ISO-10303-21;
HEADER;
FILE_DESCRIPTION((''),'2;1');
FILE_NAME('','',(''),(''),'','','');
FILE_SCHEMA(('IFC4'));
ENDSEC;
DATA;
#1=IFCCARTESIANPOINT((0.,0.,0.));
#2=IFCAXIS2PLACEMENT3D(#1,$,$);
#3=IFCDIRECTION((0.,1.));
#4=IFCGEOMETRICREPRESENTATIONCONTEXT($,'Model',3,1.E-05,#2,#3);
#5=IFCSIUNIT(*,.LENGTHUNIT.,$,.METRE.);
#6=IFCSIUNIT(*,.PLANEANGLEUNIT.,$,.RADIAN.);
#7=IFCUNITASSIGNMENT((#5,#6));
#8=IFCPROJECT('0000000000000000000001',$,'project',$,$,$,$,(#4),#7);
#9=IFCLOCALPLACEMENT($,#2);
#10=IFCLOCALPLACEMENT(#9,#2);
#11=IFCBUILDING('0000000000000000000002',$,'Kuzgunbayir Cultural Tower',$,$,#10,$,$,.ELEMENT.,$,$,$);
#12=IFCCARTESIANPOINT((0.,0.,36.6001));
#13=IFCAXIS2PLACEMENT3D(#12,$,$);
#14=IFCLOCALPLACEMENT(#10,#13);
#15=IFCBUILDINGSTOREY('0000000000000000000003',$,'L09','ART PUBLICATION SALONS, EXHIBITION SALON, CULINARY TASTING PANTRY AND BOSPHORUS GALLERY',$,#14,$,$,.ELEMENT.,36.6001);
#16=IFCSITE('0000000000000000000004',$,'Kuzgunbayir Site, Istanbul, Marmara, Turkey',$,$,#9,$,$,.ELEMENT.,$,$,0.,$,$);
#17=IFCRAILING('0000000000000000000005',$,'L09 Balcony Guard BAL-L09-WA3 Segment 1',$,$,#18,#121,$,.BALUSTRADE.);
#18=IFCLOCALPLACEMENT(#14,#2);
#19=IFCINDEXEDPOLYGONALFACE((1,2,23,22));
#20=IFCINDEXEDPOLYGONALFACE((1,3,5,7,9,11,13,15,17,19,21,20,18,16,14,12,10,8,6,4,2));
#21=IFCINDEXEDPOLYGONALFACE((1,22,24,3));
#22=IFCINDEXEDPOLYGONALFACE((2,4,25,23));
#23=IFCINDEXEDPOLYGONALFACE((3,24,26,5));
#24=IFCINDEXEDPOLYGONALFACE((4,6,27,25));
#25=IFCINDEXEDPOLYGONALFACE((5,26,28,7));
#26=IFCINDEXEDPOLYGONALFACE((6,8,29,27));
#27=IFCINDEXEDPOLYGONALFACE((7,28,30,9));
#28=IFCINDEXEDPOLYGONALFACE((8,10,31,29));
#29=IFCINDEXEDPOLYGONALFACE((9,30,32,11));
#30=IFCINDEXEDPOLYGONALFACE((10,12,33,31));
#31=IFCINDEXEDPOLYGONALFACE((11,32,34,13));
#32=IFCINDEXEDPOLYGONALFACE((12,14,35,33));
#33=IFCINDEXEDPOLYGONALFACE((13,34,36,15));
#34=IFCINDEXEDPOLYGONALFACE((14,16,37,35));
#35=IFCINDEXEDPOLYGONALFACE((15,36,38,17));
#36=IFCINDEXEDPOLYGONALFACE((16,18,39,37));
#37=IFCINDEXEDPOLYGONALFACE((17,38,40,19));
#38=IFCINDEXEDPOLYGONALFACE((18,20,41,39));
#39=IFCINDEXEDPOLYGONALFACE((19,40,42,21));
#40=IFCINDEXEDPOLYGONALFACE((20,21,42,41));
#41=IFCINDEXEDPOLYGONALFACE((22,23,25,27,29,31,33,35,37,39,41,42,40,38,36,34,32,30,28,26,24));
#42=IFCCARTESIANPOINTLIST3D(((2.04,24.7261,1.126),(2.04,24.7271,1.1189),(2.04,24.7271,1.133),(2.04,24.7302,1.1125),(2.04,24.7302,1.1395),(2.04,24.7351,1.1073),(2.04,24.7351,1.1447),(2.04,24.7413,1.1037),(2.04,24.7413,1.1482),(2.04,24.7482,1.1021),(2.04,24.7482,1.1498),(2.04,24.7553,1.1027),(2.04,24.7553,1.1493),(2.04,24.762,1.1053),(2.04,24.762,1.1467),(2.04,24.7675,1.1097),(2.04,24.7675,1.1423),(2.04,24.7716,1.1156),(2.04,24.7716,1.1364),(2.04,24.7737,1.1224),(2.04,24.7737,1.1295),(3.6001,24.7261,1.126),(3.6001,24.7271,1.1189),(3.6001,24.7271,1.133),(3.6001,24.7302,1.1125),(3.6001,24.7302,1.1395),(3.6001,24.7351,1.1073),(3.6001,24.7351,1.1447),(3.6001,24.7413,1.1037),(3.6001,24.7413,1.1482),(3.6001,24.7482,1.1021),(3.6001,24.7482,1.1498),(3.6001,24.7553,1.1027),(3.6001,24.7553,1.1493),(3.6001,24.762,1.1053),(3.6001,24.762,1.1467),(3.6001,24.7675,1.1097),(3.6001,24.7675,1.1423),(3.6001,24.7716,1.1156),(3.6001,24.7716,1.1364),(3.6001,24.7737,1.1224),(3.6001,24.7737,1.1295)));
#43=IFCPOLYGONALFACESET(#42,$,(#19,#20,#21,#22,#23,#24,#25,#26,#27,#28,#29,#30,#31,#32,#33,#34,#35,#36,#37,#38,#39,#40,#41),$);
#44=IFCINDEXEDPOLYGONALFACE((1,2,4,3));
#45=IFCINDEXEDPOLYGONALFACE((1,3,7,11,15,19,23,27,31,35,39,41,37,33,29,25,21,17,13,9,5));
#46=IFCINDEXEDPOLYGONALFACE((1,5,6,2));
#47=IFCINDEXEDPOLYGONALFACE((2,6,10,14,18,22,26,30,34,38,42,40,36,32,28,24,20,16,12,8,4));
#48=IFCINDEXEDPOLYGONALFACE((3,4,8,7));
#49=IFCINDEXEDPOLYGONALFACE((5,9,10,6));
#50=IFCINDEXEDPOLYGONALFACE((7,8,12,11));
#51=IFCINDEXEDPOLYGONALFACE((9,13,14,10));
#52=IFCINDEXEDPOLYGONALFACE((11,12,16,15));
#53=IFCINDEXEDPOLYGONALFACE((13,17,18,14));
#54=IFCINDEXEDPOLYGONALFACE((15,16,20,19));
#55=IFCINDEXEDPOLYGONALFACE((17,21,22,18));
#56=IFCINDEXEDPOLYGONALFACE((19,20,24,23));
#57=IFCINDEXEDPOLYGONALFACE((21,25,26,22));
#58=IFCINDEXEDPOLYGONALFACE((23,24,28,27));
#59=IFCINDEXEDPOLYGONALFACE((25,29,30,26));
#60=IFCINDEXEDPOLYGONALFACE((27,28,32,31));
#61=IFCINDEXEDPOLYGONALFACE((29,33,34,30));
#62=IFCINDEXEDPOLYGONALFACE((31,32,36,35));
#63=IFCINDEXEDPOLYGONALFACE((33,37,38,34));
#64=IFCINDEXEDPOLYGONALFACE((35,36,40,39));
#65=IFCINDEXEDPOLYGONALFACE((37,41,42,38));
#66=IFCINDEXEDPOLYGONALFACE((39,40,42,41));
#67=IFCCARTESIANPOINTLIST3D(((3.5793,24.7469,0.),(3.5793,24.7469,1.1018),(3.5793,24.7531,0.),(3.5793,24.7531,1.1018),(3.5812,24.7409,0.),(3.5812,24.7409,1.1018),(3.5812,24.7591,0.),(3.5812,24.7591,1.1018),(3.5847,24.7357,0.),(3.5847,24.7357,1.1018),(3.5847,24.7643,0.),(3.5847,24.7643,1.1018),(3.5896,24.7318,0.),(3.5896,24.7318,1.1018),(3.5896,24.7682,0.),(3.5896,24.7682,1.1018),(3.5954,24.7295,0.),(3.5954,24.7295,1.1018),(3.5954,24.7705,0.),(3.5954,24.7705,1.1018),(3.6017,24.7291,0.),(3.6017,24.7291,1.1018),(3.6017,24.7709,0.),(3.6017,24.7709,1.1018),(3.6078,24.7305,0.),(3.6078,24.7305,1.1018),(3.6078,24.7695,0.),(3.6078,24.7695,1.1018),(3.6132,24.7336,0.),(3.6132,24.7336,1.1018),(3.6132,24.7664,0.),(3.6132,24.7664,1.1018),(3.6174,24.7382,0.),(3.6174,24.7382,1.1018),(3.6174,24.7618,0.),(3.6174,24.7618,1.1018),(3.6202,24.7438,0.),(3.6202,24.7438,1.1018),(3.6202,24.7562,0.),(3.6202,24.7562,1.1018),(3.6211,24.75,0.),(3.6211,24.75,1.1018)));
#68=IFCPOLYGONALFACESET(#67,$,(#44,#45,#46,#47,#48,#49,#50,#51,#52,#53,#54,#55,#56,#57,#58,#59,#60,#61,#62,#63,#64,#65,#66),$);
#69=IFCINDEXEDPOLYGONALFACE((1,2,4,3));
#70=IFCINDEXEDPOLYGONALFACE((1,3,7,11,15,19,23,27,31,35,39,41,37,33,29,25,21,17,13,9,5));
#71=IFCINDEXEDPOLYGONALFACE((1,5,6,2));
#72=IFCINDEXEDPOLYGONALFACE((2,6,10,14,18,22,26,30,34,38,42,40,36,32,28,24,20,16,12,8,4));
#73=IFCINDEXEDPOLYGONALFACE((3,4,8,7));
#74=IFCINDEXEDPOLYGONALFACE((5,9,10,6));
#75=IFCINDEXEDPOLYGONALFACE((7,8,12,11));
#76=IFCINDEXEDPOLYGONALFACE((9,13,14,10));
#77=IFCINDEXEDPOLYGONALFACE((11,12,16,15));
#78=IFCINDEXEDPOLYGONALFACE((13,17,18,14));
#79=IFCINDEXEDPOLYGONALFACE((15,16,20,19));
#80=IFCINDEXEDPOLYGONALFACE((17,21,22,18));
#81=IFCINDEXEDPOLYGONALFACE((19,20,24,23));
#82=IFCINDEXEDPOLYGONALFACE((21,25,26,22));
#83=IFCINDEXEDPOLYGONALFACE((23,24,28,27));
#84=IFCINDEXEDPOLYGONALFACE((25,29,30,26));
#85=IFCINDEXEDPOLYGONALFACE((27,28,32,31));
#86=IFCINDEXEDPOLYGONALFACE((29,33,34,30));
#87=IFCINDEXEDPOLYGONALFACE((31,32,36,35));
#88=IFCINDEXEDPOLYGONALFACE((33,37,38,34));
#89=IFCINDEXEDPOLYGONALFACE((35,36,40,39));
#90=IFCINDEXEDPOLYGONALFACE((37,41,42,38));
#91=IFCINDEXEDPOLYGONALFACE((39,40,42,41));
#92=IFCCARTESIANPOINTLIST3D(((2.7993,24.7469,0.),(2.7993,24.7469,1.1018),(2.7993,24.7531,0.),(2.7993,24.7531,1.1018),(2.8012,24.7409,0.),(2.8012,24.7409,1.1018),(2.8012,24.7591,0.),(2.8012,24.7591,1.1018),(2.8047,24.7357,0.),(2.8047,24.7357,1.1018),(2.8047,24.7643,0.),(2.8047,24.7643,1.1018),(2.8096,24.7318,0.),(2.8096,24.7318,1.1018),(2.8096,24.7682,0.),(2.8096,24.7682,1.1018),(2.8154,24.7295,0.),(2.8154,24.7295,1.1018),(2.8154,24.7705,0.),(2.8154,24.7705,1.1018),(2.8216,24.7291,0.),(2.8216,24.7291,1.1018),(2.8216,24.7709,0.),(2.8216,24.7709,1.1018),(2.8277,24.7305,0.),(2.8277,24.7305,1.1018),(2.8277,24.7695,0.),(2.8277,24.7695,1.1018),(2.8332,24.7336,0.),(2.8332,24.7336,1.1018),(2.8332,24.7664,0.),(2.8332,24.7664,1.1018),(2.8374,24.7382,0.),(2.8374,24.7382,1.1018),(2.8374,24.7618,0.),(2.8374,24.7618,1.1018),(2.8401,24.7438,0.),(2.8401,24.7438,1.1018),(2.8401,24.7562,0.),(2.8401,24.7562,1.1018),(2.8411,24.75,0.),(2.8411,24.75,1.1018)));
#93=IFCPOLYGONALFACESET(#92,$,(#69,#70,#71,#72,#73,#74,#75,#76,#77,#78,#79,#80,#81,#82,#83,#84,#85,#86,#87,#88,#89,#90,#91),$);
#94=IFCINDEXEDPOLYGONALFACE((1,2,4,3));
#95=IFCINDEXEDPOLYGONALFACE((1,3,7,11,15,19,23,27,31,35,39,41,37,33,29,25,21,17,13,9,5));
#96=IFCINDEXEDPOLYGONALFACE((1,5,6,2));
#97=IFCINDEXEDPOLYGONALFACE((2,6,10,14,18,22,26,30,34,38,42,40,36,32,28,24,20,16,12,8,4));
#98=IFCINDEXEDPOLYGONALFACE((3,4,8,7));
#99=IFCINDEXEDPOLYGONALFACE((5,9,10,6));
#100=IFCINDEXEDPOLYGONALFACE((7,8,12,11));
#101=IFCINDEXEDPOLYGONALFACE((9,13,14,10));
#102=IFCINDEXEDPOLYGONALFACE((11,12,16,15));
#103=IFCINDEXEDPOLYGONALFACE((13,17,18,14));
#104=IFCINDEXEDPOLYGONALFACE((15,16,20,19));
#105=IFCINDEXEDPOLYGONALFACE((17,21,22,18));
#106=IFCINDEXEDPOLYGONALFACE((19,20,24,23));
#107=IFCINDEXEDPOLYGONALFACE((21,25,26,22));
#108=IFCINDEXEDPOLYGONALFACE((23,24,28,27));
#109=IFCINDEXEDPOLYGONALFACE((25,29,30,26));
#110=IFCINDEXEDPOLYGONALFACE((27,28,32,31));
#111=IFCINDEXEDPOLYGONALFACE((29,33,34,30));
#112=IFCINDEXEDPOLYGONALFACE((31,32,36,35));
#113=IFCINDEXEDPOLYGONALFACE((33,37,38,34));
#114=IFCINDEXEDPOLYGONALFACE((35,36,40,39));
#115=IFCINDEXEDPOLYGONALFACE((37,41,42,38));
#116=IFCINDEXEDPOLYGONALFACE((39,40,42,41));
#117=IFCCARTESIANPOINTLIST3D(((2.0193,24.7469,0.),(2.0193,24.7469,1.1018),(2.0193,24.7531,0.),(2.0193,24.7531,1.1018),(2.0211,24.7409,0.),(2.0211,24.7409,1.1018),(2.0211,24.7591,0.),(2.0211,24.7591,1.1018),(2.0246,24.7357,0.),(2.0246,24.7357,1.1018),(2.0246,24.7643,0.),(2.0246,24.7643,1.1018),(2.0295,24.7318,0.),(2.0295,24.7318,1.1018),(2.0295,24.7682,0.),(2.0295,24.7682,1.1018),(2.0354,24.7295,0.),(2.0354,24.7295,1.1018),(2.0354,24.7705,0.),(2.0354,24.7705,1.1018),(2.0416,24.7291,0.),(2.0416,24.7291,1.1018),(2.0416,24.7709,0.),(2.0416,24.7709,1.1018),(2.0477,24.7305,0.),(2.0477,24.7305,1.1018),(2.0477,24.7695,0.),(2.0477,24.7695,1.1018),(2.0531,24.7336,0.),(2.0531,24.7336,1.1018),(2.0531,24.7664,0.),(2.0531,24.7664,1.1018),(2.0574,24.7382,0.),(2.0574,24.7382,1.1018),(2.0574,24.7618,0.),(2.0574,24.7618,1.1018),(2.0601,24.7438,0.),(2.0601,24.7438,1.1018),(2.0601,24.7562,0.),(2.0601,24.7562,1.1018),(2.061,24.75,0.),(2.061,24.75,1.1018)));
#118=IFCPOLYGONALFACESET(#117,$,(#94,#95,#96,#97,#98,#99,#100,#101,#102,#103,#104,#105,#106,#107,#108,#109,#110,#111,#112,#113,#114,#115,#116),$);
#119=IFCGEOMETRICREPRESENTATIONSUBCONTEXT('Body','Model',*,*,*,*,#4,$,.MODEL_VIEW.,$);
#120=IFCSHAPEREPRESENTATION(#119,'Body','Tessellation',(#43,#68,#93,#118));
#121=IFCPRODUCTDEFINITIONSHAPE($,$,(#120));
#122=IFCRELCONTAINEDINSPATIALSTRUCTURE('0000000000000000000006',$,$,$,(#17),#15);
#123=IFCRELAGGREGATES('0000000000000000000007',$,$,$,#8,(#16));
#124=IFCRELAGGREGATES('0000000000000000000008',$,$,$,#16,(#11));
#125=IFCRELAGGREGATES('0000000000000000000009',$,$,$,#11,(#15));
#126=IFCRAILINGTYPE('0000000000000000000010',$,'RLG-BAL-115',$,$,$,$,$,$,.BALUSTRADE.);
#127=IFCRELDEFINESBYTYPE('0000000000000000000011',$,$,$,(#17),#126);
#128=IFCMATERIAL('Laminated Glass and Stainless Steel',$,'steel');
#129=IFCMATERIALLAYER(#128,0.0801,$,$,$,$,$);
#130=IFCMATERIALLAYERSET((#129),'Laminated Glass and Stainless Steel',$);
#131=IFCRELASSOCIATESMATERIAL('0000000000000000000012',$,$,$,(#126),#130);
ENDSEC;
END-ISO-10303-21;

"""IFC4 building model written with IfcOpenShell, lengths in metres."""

from ifc_helpers import new_model, si_unit, direction, frame, origin, origin_2d, place, context, subcontext, project, spatial, circle, extrude, material, layer, layer_set, type_object, element, save


model = new_model("IFC4")

# Units and contexts
model_context = context("Model", 3, precision=1e-05, world=origin(), true_north=direction((0.0, 1.0)))
body_context = subcontext(model_context, "Body", "Model", "MODEL_VIEW")
ifc_project = project(units=[si_unit("LENGTHUNIT", "METRE"), si_unit("PLANEANGLEUNIT", "RADIAN")], contexts=[model_context])

# Site, building, storey
site_placement = place(None, origin())
site = spatial("IfcSite", under=ifc_project, at=site_placement, Name="Kuzgunbayir Site, Istanbul, Marmara, Turkey", CompositionType="ELEMENT", RefElevation=0.0)
building_placement = place(site_placement, origin())
building = spatial("IfcBuilding", under=site, at=building_placement, Name="Kuzgunbayir Cultural Tower", CompositionType="ELEMENT")
storey_placement = place(building_placement, frame((0.0, 0.0, 36.6001)))
storey = spatial("IfcBuildingStorey", under=building, at=storey_placement, Name="L09", Description="ART PUBLICATION SALONS, EXHIBITION SALON, CULINARY TASTING PANTRY AND BOSPHORUS GALLERY", CompositionType="ELEMENT", Elevation=36.6001)

# Railing
ifc_material_1 = material(Name="Laminated Glass and Stainless Steel", Category="steel")
ifc_layer_1 = layer(ifc_material_1, 0.0801)
ifc_layer_set_1 = layer_set([ifc_layer_1], Name="Laminated Glass and Stainless Steel")
railing_type = type_object("IfcRailingType", Name="RLG-BAL-115", PredefinedType="BALUSTRADE", material=ifc_layer_set_1)
railing_1_placement = place(storey_placement, frame((3.6001, 24.75, 0.0)))
element("IfcRailing", 1, at=railing_1_placement, inside=storey, type_object=railing_type, Name="L09 Balcony Guard BAL-L09-WA3 Segment 1", PredefinedType="BALUSTRADE", context=body_context, shape_type="SweptSolid", body=[
    extrude(circle(Radius=0.0239, at=origin_2d()), frame((0.0, 0.0, 1.126), z_axis=(-1.0, 0.0, 0.0), x_axis=(0.0, -1.0, 0.0)), (0.0, 0.0, 1.0), 1.5601),
    extrude(circle(Radius=0.021, at=origin_2d()), origin(), (0.0, 0.0, 1.0), 1.1018),
    extrude(circle(Radius=0.021, at=origin_2d()), frame((-0.78, 0.0, 0.0)), (0.0, 0.0, 1.0), 1.1018),
    extrude(circle(Radius=0.021, at=origin_2d()), frame((-1.5601, 0.0, 0.0)), (0.0, 0.0, 1.0), 1.1018),
])

save(model, "model.ifc")
